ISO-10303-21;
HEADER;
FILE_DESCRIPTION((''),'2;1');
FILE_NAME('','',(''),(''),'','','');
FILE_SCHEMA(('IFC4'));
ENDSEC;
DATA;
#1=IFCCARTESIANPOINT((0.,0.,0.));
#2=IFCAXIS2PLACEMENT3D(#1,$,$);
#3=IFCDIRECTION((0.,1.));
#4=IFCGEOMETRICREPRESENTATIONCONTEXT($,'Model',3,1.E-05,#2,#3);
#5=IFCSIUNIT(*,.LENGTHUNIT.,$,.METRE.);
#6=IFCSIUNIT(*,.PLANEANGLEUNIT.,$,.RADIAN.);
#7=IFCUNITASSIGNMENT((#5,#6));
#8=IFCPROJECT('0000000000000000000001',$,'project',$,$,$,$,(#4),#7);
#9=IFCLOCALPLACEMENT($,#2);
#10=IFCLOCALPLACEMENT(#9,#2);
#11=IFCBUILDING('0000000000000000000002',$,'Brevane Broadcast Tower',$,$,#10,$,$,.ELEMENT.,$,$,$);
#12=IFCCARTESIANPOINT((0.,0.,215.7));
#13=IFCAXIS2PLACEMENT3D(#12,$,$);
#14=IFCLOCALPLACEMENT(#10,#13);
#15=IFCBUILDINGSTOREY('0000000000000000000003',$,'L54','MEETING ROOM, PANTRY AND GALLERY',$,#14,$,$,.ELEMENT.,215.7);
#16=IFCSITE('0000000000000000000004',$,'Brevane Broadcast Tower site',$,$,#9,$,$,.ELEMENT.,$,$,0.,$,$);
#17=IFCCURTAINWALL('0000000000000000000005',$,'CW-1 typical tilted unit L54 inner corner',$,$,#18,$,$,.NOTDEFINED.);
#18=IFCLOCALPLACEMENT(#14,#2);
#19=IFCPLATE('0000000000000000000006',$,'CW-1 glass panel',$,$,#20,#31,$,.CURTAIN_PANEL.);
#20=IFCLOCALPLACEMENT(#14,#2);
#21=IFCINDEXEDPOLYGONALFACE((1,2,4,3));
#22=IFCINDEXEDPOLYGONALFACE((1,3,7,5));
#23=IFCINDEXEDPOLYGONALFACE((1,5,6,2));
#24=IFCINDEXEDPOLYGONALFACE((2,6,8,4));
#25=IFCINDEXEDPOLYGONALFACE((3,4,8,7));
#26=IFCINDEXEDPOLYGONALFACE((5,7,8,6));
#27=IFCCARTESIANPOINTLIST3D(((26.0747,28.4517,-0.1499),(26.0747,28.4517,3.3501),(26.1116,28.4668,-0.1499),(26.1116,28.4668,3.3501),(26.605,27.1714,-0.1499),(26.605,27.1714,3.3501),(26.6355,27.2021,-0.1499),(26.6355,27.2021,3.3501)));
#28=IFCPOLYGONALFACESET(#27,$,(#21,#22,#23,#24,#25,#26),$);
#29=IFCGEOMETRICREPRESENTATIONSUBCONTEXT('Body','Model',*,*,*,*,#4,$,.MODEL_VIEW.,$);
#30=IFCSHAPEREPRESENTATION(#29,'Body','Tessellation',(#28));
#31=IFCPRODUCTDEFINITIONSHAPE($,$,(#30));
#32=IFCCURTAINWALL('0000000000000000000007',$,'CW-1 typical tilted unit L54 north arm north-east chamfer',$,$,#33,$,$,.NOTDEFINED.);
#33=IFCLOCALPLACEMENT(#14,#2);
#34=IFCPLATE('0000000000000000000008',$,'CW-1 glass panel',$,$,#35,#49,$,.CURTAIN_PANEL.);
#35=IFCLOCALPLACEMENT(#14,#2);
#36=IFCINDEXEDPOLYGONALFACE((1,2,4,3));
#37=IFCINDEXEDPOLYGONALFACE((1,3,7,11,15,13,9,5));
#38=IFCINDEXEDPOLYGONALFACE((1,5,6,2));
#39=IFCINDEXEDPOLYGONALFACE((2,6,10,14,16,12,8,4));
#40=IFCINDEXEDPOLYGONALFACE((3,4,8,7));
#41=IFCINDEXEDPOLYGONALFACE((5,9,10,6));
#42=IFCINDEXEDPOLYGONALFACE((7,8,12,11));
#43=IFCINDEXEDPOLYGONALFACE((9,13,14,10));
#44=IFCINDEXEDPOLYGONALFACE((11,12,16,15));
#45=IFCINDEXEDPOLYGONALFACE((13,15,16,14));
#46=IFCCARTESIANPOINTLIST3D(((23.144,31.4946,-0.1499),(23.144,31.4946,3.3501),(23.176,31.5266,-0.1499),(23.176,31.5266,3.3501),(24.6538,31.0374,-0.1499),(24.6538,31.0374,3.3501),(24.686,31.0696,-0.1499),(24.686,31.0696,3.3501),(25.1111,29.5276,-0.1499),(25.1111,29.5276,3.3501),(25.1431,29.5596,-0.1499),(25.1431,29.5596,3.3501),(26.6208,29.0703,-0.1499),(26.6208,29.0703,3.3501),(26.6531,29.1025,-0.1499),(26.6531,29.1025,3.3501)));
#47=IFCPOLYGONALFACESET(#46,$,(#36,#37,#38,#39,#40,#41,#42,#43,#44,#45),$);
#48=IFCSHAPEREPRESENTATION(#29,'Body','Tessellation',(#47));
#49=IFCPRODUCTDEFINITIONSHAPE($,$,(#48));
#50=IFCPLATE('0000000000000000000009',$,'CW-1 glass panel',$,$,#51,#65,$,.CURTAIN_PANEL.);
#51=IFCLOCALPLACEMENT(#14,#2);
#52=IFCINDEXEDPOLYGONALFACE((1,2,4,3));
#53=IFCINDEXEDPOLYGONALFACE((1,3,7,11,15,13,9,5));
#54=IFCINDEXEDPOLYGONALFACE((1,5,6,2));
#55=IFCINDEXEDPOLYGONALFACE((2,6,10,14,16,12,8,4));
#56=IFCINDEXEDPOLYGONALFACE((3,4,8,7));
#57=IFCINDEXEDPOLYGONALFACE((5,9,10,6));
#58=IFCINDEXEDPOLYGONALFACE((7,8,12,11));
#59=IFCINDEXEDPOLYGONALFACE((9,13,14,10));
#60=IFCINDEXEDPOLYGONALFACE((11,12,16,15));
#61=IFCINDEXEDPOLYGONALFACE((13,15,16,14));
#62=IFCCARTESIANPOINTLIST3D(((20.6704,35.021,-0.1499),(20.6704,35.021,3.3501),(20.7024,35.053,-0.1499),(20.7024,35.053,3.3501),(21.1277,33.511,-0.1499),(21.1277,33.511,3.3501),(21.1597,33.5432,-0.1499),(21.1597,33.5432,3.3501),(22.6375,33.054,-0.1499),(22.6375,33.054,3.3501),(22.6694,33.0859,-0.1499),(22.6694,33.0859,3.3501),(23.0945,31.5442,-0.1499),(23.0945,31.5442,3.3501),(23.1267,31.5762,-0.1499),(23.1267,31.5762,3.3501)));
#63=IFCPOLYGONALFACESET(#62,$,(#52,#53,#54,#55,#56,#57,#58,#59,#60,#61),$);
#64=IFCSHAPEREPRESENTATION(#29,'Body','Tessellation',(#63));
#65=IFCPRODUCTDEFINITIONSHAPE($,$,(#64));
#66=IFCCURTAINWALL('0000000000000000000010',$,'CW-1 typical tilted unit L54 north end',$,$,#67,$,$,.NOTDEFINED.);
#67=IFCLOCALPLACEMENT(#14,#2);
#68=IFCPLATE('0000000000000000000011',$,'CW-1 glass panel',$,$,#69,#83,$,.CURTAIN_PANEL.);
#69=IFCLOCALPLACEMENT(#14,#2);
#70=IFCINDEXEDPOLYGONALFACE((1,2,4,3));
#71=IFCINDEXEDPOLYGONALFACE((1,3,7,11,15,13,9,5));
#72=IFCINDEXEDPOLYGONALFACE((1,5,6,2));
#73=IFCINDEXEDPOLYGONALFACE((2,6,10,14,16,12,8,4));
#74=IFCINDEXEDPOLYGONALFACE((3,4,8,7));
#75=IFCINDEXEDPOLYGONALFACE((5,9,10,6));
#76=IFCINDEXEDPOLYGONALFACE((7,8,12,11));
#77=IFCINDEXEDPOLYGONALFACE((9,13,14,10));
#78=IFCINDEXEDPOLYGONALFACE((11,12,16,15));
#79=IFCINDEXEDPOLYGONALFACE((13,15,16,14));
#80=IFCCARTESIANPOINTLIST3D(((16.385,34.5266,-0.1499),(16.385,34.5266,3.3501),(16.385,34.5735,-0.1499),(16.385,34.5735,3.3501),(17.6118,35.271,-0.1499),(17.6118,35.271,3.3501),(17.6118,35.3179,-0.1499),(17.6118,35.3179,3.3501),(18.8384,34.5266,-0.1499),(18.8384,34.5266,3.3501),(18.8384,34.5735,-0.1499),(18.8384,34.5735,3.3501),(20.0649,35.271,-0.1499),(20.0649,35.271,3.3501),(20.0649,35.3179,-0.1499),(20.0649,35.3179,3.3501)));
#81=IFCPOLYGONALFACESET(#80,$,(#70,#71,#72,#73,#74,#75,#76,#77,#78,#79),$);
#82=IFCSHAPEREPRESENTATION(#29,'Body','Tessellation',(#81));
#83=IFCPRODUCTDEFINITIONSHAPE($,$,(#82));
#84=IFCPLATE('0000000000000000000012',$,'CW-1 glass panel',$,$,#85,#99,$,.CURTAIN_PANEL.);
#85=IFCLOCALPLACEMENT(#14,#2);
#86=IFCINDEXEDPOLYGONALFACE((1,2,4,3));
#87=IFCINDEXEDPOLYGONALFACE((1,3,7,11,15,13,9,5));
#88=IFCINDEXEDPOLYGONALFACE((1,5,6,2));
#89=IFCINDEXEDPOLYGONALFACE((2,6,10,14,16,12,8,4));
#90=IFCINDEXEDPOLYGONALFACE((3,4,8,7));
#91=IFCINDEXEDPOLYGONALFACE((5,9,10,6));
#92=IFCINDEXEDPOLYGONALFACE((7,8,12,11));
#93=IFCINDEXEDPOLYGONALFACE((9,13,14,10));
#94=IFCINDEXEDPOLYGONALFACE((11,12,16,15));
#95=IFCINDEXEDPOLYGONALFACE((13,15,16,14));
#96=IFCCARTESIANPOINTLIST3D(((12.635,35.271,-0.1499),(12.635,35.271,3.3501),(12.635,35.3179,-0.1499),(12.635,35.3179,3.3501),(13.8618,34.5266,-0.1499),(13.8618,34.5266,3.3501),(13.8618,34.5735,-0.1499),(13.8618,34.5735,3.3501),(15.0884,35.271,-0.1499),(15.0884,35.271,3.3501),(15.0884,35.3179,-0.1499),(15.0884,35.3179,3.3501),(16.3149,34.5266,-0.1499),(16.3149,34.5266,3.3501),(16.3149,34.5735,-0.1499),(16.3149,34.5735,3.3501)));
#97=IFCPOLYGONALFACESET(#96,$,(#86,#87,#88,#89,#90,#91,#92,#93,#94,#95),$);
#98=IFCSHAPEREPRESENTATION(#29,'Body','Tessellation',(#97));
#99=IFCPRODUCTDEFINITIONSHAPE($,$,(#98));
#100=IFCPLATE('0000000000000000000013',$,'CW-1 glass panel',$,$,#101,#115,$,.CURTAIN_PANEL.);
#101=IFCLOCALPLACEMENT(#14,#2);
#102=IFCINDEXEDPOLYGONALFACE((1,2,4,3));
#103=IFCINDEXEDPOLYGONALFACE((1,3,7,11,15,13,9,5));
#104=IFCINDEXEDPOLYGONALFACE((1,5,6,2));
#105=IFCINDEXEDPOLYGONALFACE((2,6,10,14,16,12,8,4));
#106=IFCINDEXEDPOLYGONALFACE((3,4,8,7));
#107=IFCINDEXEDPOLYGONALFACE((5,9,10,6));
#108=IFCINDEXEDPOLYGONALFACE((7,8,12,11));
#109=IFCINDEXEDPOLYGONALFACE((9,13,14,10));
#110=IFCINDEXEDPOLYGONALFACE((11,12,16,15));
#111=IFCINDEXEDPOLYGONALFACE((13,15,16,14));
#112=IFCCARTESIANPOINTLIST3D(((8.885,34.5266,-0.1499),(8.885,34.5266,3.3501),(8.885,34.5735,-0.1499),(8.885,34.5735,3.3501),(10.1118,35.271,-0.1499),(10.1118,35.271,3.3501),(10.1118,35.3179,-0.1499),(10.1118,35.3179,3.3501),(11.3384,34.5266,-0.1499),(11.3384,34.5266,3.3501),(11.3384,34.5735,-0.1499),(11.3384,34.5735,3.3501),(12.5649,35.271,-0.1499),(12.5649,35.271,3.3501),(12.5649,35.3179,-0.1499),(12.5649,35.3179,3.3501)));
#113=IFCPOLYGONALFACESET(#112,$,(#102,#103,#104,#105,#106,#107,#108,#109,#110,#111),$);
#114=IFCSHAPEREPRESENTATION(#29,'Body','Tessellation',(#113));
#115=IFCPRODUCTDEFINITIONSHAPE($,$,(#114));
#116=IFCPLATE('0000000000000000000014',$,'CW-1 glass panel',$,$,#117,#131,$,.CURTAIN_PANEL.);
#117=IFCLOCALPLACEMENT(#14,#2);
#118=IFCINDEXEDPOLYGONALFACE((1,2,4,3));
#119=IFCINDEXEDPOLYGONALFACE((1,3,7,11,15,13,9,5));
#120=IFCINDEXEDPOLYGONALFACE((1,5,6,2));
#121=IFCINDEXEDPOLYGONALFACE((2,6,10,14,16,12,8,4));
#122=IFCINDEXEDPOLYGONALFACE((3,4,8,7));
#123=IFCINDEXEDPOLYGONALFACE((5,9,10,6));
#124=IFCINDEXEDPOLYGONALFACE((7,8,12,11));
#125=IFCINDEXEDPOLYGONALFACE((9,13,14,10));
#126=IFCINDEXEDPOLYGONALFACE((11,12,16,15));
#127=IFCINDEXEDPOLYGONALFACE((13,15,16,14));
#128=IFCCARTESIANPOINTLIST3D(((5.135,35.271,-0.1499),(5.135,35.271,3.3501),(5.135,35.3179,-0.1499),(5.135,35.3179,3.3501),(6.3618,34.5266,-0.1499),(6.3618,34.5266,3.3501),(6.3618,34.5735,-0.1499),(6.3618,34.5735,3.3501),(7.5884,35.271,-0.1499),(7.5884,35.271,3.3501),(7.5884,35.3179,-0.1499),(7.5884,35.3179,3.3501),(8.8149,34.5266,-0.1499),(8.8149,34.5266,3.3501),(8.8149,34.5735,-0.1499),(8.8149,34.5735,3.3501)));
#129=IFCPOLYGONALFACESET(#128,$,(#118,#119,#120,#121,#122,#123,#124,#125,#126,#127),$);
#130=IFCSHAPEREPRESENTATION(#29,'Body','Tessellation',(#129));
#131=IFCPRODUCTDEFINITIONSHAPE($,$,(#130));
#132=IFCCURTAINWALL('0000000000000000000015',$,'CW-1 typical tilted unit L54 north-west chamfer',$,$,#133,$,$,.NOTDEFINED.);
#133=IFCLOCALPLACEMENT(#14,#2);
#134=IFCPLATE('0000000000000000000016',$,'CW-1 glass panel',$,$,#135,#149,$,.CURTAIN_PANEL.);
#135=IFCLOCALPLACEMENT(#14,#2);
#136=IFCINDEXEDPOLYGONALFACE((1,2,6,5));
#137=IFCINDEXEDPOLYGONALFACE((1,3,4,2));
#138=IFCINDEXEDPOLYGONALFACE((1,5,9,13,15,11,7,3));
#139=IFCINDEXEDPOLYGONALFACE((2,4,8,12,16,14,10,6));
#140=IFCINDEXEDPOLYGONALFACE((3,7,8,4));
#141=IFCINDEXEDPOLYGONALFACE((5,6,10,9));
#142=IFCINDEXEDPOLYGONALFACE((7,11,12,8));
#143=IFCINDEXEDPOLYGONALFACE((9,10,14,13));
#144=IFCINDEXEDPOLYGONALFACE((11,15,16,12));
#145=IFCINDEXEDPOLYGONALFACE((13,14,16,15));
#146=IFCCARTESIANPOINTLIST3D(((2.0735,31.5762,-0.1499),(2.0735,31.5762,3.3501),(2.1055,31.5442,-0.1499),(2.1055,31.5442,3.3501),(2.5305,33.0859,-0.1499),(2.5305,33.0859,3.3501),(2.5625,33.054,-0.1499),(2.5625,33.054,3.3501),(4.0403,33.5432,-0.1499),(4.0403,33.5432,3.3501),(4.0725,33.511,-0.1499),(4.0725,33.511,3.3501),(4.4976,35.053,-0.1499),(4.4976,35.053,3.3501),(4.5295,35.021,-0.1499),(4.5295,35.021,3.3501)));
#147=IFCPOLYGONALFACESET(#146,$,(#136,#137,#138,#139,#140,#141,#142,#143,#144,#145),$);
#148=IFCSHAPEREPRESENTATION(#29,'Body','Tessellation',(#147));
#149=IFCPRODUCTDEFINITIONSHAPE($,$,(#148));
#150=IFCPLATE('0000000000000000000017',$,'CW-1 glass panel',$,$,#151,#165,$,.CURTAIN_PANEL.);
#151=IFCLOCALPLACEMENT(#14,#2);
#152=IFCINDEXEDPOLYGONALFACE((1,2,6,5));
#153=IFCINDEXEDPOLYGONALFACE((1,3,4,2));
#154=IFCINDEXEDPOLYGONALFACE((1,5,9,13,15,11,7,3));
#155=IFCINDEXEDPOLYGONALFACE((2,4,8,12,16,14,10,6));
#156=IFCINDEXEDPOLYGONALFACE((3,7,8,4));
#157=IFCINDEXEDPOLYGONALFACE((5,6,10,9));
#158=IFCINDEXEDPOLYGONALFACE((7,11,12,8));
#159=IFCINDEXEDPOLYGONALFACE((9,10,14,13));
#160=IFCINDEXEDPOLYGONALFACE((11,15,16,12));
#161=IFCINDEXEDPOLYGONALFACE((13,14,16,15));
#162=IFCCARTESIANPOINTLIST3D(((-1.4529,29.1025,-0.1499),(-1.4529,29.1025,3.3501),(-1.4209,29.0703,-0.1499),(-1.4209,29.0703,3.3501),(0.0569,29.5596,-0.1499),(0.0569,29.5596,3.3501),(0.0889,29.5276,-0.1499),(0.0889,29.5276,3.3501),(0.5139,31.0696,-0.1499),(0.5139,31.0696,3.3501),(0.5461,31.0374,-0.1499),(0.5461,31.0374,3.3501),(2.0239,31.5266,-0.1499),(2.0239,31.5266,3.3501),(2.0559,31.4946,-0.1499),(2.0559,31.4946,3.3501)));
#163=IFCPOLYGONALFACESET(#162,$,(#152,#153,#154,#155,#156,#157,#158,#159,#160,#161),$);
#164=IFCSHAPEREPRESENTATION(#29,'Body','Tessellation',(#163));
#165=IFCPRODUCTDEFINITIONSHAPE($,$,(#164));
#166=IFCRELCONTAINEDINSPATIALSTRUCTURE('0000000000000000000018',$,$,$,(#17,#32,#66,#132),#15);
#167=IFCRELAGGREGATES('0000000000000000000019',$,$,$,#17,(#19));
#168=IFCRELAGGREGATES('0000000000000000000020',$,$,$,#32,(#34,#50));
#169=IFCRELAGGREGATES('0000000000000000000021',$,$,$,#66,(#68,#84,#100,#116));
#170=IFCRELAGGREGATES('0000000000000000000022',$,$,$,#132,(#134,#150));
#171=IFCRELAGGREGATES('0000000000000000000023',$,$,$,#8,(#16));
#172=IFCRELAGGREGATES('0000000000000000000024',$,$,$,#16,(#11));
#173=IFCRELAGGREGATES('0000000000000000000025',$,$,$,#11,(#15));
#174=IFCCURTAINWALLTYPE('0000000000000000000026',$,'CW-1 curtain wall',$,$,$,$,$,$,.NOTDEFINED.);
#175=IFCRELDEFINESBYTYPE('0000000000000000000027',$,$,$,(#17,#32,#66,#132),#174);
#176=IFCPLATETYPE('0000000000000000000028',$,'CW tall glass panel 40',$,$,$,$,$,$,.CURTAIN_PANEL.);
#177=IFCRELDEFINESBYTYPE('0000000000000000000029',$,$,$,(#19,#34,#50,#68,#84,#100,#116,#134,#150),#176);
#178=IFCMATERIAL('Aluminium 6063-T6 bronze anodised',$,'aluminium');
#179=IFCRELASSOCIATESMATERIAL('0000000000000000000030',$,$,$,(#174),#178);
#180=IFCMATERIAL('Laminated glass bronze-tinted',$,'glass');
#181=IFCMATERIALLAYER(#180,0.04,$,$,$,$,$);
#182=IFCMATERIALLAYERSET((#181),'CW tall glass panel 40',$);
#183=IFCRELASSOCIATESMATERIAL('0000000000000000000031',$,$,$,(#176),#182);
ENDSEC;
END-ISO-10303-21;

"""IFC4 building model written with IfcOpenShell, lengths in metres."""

from ifc_helpers import new_model, si_unit, direction, frame, origin, place, context, subcontext, project, spatial, polyline, outline, extrude, material, layer, layer_set, type_object, element, aggregate, save


model = new_model("IFC4")

# Units and contexts
model_context = context("Model", 3, precision=1e-05, world=origin(), true_north=direction((0.0, 1.0)))
body_context = subcontext(model_context, "Body", "Model", "MODEL_VIEW")
ifc_project = project(units=[si_unit("LENGTHUNIT", "METRE"), si_unit("PLANEANGLEUNIT", "RADIAN")], contexts=[model_context])

# Site, building, storey
site_placement = place(None, origin())
site = spatial("IfcSite", under=ifc_project, at=site_placement, Name="Brevane Broadcast Tower site", CompositionType="ELEMENT", RefElevation=0.0)
building_placement = place(site_placement, origin())
building = spatial("IfcBuilding", under=site, at=building_placement, Name="Brevane Broadcast Tower", CompositionType="ELEMENT")
storey_placement = place(building_placement, frame((0.0, 0.0, 215.7)))
storey = spatial("IfcBuildingStorey", under=building, at=storey_placement, Name="L54", Description="MEETING ROOM, PANTRY AND GALLERY", CompositionType="ELEMENT", Elevation=215.7)

# Shared definitions
ifc_material_1 = material(Name="Aluminium 6063-T6 bronze anodised", Category="aluminium")
curtain_wall_type = type_object("IfcCurtainWallType", Name="CW-1 curtain wall", PredefinedType="NOTDEFINED", material=ifc_material_1)
ifc_material_2 = material(Name="Laminated glass bronze-tinted", Category="glass")
ifc_layer = layer(ifc_material_2, 0.04)
ifc_layer_set = layer_set([ifc_layer], Name="CW tall glass panel 40")
plate_type = type_object("IfcPlateType", Name="CW tall glass panel 40", PredefinedType="CURTAIN_PANEL", material=ifc_layer_set)

# Curtain walls, plates
curtain_wall_1_placement = place(storey_placement, origin())
curtain_wall_1 = element("IfcCurtainWall", 1, at=curtain_wall_1_placement, inside=storey, type_object=curtain_wall_type, Name="CW-1 typical tilted unit L54 inner corner", PredefinedType="NOTDEFINED")
plate_1_placement = place(storey_placement, frame((0.0, 0.0, -0.1499)))
plate_1 = element("IfcPlate", 2, at=plate_1_placement, type_object=plate_type, Name="CW-1 glass panel", PredefinedType="CURTAIN_PANEL", context=body_context, shape_type="SweptSolid", body=[
    extrude(outline(polyline([(26.605, 27.1714), (26.6355, 27.2021), (26.1116, 28.4668), (26.0747, 28.4517), (26.605, 27.1714)])), origin(), (0.0, 0.0, 1.0), 3.5),
])
aggregate(curtain_wall_1, [plate_1])
curtain_wall_2_placement = place(storey_placement, origin())
curtain_wall_2 = element("IfcCurtainWall", 3, at=curtain_wall_2_placement, inside=storey, type_object=curtain_wall_type, Name="CW-1 typical tilted unit L54 north arm north-east chamfer", PredefinedType="NOTDEFINED")
plate_2_placement = place(storey_placement, frame((0.0, 0.0, -0.1499)))
plate_2 = element("IfcPlate", 4, at=plate_2_placement, type_object=plate_type, Name="CW-1 glass panel", PredefinedType="CURTAIN_PANEL", context=body_context, shape_type="SweptSolid", body=[
    extrude(outline(polyline([(26.6208, 29.0703), (26.6531, 29.1025), (25.1431, 29.5596), (24.686, 31.0696), (23.176, 31.5266), (23.144, 31.4946), (24.6538, 31.0374), (25.1111, 29.5276), (26.6208, 29.0703)])), origin(), (0.0, 0.0, 1.0), 3.5),
])
plate_3_placement = place(storey_placement, frame((0.0, 0.0, -0.1499)))
plate_3 = element("IfcPlate", 5, at=plate_3_placement, type_object=plate_type, Name="CW-1 glass panel", PredefinedType="CURTAIN_PANEL", context=body_context, shape_type="SweptSolid", body=[
    extrude(outline(polyline([(23.0945, 31.5442), (23.1267, 31.5762), (22.6694, 33.0859), (21.1597, 33.5432), (20.7024, 35.053), (20.6704, 35.021), (21.1277, 33.511), (22.6375, 33.054), (23.0945, 31.5442)])), origin(), (0.0, 0.0, 1.0), 3.5),
])
aggregate(curtain_wall_2, [plate_2, plate_3])
curtain_wall_3_placement = place(storey_placement, origin())
curtain_wall_3 = element("IfcCurtainWall", 6, at=curtain_wall_3_placement, inside=storey, type_object=curtain_wall_type, Name="CW-1 typical tilted unit L54 north end", PredefinedType="NOTDEFINED")
plate_4_placement = place(storey_placement, frame((0.0, 0.0, -0.1499)))
plate_4 = element("IfcPlate", 7, at=plate_4_placement, type_object=plate_type, Name="CW-1 glass panel", PredefinedType="CURTAIN_PANEL", context=body_context, shape_type="SweptSolid", body=[
    extrude(outline(polyline([(20.0649, 35.271), (20.0649, 35.3179), (18.8384, 34.5735), (17.6118, 35.3179), (16.385, 34.5735), (16.385, 34.5266), (17.6118, 35.271), (18.8384, 34.5266), (20.0649, 35.271)])), origin(), (0.0, 0.0, 1.0), 3.5),
])
plate_5_placement = place(storey_placement, frame((0.0, 0.0, -0.1499)))
plate_5 = element("IfcPlate", 8, at=plate_5_placement, type_object=plate_type, Name="CW-1 glass panel", PredefinedType="CURTAIN_PANEL", context=body_context, shape_type="SweptSolid", body=[
    extrude(outline(polyline([(16.3149, 34.5266), (16.3149, 34.5735), (15.0884, 35.3179), (13.8618, 34.5735), (12.635, 35.3179), (12.635, 35.271), (13.8618, 34.5266), (15.0884, 35.271), (16.3149, 34.5266)])), origin(), (0.0, 0.0, 1.0), 3.5),
])
plate_6_placement = place(storey_placement, frame((0.0, 0.0, -0.1499)))
plate_6 = element("IfcPlate", 9, at=plate_6_placement, type_object=plate_type, Name="CW-1 glass panel", PredefinedType="CURTAIN_PANEL", context=body_context, shape_type="SweptSolid", body=[
    extrude(outline(polyline([(12.5649, 35.271), (12.5649, 35.3179), (11.3384, 34.5735), (10.1118, 35.3179), (8.885, 34.5735), (8.885, 34.5266), (10.1118, 35.271), (11.3384, 34.5266), (12.5649, 35.271)])), origin(), (0.0, 0.0, 1.0), 3.5),
])
plate_7_placement = place(storey_placement, frame((0.0, 0.0, -0.1499)))
plate_7 = element("IfcPlate", 10, at=plate_7_placement, type_object=plate_type, Name="CW-1 glass panel", PredefinedType="CURTAIN_PANEL", context=body_context, shape_type="SweptSolid", body=[
    extrude(outline(polyline([(8.8149, 34.5266), (8.8149, 34.5735), (7.5884, 35.3179), (6.3618, 34.5735), (5.135, 35.3179), (5.135, 35.271), (6.3618, 34.5266), (7.5884, 35.271), (8.8149, 34.5266)])), origin(), (0.0, 0.0, 1.0), 3.5),
])
aggregate(curtain_wall_3, [plate_4, plate_5, plate_6, plate_7])
curtain_wall_4_placement = place(storey_placement, origin())
curtain_wall_4 = element("IfcCurtainWall", 11, at=curtain_wall_4_placement, inside=storey, type_object=curtain_wall_type, Name="CW-1 typical tilted unit L54 north-west chamfer", PredefinedType="NOTDEFINED")
plate_8_placement = place(storey_placement, frame((0.0, 0.0, -0.1499)))
plate_8 = element("IfcPlate", 12, at=plate_8_placement, type_object=plate_type, Name="CW-1 glass panel", PredefinedType="CURTAIN_PANEL", context=body_context, shape_type="SweptSolid", body=[
    extrude(outline(polyline([(4.5295, 35.021), (4.4976, 35.053), (4.0403, 33.5432), (2.5305, 33.0859), (2.0735, 31.5762), (2.1055, 31.5442), (2.5625, 33.054), (4.0725, 33.511), (4.5295, 35.021)])), origin(), (0.0, 0.0, 1.0), 3.5),
])
plate_9_placement = place(storey_placement, frame((0.0, 0.0, -0.1499)))
plate_9 = element("IfcPlate", 13, at=plate_9_placement, type_object=plate_type, Name="CW-1 glass panel", PredefinedType="CURTAIN_PANEL", context=body_context, shape_type="SweptSolid", body=[
    extrude(outline(polyline([(2.0559, 31.4946), (2.0239, 31.5266), (0.5139, 31.0696), (0.0569, 29.5596), (-1.4529, 29.1025), (-1.4209, 29.0703), (0.0889, 29.5276), (0.5461, 31.0374), (2.0559, 31.4946)])), origin(), (0.0, 0.0, 1.0), 3.5),
])
aggregate(curtain_wall_4, [plate_8, plate_9])

save(model, "model.ifc")
